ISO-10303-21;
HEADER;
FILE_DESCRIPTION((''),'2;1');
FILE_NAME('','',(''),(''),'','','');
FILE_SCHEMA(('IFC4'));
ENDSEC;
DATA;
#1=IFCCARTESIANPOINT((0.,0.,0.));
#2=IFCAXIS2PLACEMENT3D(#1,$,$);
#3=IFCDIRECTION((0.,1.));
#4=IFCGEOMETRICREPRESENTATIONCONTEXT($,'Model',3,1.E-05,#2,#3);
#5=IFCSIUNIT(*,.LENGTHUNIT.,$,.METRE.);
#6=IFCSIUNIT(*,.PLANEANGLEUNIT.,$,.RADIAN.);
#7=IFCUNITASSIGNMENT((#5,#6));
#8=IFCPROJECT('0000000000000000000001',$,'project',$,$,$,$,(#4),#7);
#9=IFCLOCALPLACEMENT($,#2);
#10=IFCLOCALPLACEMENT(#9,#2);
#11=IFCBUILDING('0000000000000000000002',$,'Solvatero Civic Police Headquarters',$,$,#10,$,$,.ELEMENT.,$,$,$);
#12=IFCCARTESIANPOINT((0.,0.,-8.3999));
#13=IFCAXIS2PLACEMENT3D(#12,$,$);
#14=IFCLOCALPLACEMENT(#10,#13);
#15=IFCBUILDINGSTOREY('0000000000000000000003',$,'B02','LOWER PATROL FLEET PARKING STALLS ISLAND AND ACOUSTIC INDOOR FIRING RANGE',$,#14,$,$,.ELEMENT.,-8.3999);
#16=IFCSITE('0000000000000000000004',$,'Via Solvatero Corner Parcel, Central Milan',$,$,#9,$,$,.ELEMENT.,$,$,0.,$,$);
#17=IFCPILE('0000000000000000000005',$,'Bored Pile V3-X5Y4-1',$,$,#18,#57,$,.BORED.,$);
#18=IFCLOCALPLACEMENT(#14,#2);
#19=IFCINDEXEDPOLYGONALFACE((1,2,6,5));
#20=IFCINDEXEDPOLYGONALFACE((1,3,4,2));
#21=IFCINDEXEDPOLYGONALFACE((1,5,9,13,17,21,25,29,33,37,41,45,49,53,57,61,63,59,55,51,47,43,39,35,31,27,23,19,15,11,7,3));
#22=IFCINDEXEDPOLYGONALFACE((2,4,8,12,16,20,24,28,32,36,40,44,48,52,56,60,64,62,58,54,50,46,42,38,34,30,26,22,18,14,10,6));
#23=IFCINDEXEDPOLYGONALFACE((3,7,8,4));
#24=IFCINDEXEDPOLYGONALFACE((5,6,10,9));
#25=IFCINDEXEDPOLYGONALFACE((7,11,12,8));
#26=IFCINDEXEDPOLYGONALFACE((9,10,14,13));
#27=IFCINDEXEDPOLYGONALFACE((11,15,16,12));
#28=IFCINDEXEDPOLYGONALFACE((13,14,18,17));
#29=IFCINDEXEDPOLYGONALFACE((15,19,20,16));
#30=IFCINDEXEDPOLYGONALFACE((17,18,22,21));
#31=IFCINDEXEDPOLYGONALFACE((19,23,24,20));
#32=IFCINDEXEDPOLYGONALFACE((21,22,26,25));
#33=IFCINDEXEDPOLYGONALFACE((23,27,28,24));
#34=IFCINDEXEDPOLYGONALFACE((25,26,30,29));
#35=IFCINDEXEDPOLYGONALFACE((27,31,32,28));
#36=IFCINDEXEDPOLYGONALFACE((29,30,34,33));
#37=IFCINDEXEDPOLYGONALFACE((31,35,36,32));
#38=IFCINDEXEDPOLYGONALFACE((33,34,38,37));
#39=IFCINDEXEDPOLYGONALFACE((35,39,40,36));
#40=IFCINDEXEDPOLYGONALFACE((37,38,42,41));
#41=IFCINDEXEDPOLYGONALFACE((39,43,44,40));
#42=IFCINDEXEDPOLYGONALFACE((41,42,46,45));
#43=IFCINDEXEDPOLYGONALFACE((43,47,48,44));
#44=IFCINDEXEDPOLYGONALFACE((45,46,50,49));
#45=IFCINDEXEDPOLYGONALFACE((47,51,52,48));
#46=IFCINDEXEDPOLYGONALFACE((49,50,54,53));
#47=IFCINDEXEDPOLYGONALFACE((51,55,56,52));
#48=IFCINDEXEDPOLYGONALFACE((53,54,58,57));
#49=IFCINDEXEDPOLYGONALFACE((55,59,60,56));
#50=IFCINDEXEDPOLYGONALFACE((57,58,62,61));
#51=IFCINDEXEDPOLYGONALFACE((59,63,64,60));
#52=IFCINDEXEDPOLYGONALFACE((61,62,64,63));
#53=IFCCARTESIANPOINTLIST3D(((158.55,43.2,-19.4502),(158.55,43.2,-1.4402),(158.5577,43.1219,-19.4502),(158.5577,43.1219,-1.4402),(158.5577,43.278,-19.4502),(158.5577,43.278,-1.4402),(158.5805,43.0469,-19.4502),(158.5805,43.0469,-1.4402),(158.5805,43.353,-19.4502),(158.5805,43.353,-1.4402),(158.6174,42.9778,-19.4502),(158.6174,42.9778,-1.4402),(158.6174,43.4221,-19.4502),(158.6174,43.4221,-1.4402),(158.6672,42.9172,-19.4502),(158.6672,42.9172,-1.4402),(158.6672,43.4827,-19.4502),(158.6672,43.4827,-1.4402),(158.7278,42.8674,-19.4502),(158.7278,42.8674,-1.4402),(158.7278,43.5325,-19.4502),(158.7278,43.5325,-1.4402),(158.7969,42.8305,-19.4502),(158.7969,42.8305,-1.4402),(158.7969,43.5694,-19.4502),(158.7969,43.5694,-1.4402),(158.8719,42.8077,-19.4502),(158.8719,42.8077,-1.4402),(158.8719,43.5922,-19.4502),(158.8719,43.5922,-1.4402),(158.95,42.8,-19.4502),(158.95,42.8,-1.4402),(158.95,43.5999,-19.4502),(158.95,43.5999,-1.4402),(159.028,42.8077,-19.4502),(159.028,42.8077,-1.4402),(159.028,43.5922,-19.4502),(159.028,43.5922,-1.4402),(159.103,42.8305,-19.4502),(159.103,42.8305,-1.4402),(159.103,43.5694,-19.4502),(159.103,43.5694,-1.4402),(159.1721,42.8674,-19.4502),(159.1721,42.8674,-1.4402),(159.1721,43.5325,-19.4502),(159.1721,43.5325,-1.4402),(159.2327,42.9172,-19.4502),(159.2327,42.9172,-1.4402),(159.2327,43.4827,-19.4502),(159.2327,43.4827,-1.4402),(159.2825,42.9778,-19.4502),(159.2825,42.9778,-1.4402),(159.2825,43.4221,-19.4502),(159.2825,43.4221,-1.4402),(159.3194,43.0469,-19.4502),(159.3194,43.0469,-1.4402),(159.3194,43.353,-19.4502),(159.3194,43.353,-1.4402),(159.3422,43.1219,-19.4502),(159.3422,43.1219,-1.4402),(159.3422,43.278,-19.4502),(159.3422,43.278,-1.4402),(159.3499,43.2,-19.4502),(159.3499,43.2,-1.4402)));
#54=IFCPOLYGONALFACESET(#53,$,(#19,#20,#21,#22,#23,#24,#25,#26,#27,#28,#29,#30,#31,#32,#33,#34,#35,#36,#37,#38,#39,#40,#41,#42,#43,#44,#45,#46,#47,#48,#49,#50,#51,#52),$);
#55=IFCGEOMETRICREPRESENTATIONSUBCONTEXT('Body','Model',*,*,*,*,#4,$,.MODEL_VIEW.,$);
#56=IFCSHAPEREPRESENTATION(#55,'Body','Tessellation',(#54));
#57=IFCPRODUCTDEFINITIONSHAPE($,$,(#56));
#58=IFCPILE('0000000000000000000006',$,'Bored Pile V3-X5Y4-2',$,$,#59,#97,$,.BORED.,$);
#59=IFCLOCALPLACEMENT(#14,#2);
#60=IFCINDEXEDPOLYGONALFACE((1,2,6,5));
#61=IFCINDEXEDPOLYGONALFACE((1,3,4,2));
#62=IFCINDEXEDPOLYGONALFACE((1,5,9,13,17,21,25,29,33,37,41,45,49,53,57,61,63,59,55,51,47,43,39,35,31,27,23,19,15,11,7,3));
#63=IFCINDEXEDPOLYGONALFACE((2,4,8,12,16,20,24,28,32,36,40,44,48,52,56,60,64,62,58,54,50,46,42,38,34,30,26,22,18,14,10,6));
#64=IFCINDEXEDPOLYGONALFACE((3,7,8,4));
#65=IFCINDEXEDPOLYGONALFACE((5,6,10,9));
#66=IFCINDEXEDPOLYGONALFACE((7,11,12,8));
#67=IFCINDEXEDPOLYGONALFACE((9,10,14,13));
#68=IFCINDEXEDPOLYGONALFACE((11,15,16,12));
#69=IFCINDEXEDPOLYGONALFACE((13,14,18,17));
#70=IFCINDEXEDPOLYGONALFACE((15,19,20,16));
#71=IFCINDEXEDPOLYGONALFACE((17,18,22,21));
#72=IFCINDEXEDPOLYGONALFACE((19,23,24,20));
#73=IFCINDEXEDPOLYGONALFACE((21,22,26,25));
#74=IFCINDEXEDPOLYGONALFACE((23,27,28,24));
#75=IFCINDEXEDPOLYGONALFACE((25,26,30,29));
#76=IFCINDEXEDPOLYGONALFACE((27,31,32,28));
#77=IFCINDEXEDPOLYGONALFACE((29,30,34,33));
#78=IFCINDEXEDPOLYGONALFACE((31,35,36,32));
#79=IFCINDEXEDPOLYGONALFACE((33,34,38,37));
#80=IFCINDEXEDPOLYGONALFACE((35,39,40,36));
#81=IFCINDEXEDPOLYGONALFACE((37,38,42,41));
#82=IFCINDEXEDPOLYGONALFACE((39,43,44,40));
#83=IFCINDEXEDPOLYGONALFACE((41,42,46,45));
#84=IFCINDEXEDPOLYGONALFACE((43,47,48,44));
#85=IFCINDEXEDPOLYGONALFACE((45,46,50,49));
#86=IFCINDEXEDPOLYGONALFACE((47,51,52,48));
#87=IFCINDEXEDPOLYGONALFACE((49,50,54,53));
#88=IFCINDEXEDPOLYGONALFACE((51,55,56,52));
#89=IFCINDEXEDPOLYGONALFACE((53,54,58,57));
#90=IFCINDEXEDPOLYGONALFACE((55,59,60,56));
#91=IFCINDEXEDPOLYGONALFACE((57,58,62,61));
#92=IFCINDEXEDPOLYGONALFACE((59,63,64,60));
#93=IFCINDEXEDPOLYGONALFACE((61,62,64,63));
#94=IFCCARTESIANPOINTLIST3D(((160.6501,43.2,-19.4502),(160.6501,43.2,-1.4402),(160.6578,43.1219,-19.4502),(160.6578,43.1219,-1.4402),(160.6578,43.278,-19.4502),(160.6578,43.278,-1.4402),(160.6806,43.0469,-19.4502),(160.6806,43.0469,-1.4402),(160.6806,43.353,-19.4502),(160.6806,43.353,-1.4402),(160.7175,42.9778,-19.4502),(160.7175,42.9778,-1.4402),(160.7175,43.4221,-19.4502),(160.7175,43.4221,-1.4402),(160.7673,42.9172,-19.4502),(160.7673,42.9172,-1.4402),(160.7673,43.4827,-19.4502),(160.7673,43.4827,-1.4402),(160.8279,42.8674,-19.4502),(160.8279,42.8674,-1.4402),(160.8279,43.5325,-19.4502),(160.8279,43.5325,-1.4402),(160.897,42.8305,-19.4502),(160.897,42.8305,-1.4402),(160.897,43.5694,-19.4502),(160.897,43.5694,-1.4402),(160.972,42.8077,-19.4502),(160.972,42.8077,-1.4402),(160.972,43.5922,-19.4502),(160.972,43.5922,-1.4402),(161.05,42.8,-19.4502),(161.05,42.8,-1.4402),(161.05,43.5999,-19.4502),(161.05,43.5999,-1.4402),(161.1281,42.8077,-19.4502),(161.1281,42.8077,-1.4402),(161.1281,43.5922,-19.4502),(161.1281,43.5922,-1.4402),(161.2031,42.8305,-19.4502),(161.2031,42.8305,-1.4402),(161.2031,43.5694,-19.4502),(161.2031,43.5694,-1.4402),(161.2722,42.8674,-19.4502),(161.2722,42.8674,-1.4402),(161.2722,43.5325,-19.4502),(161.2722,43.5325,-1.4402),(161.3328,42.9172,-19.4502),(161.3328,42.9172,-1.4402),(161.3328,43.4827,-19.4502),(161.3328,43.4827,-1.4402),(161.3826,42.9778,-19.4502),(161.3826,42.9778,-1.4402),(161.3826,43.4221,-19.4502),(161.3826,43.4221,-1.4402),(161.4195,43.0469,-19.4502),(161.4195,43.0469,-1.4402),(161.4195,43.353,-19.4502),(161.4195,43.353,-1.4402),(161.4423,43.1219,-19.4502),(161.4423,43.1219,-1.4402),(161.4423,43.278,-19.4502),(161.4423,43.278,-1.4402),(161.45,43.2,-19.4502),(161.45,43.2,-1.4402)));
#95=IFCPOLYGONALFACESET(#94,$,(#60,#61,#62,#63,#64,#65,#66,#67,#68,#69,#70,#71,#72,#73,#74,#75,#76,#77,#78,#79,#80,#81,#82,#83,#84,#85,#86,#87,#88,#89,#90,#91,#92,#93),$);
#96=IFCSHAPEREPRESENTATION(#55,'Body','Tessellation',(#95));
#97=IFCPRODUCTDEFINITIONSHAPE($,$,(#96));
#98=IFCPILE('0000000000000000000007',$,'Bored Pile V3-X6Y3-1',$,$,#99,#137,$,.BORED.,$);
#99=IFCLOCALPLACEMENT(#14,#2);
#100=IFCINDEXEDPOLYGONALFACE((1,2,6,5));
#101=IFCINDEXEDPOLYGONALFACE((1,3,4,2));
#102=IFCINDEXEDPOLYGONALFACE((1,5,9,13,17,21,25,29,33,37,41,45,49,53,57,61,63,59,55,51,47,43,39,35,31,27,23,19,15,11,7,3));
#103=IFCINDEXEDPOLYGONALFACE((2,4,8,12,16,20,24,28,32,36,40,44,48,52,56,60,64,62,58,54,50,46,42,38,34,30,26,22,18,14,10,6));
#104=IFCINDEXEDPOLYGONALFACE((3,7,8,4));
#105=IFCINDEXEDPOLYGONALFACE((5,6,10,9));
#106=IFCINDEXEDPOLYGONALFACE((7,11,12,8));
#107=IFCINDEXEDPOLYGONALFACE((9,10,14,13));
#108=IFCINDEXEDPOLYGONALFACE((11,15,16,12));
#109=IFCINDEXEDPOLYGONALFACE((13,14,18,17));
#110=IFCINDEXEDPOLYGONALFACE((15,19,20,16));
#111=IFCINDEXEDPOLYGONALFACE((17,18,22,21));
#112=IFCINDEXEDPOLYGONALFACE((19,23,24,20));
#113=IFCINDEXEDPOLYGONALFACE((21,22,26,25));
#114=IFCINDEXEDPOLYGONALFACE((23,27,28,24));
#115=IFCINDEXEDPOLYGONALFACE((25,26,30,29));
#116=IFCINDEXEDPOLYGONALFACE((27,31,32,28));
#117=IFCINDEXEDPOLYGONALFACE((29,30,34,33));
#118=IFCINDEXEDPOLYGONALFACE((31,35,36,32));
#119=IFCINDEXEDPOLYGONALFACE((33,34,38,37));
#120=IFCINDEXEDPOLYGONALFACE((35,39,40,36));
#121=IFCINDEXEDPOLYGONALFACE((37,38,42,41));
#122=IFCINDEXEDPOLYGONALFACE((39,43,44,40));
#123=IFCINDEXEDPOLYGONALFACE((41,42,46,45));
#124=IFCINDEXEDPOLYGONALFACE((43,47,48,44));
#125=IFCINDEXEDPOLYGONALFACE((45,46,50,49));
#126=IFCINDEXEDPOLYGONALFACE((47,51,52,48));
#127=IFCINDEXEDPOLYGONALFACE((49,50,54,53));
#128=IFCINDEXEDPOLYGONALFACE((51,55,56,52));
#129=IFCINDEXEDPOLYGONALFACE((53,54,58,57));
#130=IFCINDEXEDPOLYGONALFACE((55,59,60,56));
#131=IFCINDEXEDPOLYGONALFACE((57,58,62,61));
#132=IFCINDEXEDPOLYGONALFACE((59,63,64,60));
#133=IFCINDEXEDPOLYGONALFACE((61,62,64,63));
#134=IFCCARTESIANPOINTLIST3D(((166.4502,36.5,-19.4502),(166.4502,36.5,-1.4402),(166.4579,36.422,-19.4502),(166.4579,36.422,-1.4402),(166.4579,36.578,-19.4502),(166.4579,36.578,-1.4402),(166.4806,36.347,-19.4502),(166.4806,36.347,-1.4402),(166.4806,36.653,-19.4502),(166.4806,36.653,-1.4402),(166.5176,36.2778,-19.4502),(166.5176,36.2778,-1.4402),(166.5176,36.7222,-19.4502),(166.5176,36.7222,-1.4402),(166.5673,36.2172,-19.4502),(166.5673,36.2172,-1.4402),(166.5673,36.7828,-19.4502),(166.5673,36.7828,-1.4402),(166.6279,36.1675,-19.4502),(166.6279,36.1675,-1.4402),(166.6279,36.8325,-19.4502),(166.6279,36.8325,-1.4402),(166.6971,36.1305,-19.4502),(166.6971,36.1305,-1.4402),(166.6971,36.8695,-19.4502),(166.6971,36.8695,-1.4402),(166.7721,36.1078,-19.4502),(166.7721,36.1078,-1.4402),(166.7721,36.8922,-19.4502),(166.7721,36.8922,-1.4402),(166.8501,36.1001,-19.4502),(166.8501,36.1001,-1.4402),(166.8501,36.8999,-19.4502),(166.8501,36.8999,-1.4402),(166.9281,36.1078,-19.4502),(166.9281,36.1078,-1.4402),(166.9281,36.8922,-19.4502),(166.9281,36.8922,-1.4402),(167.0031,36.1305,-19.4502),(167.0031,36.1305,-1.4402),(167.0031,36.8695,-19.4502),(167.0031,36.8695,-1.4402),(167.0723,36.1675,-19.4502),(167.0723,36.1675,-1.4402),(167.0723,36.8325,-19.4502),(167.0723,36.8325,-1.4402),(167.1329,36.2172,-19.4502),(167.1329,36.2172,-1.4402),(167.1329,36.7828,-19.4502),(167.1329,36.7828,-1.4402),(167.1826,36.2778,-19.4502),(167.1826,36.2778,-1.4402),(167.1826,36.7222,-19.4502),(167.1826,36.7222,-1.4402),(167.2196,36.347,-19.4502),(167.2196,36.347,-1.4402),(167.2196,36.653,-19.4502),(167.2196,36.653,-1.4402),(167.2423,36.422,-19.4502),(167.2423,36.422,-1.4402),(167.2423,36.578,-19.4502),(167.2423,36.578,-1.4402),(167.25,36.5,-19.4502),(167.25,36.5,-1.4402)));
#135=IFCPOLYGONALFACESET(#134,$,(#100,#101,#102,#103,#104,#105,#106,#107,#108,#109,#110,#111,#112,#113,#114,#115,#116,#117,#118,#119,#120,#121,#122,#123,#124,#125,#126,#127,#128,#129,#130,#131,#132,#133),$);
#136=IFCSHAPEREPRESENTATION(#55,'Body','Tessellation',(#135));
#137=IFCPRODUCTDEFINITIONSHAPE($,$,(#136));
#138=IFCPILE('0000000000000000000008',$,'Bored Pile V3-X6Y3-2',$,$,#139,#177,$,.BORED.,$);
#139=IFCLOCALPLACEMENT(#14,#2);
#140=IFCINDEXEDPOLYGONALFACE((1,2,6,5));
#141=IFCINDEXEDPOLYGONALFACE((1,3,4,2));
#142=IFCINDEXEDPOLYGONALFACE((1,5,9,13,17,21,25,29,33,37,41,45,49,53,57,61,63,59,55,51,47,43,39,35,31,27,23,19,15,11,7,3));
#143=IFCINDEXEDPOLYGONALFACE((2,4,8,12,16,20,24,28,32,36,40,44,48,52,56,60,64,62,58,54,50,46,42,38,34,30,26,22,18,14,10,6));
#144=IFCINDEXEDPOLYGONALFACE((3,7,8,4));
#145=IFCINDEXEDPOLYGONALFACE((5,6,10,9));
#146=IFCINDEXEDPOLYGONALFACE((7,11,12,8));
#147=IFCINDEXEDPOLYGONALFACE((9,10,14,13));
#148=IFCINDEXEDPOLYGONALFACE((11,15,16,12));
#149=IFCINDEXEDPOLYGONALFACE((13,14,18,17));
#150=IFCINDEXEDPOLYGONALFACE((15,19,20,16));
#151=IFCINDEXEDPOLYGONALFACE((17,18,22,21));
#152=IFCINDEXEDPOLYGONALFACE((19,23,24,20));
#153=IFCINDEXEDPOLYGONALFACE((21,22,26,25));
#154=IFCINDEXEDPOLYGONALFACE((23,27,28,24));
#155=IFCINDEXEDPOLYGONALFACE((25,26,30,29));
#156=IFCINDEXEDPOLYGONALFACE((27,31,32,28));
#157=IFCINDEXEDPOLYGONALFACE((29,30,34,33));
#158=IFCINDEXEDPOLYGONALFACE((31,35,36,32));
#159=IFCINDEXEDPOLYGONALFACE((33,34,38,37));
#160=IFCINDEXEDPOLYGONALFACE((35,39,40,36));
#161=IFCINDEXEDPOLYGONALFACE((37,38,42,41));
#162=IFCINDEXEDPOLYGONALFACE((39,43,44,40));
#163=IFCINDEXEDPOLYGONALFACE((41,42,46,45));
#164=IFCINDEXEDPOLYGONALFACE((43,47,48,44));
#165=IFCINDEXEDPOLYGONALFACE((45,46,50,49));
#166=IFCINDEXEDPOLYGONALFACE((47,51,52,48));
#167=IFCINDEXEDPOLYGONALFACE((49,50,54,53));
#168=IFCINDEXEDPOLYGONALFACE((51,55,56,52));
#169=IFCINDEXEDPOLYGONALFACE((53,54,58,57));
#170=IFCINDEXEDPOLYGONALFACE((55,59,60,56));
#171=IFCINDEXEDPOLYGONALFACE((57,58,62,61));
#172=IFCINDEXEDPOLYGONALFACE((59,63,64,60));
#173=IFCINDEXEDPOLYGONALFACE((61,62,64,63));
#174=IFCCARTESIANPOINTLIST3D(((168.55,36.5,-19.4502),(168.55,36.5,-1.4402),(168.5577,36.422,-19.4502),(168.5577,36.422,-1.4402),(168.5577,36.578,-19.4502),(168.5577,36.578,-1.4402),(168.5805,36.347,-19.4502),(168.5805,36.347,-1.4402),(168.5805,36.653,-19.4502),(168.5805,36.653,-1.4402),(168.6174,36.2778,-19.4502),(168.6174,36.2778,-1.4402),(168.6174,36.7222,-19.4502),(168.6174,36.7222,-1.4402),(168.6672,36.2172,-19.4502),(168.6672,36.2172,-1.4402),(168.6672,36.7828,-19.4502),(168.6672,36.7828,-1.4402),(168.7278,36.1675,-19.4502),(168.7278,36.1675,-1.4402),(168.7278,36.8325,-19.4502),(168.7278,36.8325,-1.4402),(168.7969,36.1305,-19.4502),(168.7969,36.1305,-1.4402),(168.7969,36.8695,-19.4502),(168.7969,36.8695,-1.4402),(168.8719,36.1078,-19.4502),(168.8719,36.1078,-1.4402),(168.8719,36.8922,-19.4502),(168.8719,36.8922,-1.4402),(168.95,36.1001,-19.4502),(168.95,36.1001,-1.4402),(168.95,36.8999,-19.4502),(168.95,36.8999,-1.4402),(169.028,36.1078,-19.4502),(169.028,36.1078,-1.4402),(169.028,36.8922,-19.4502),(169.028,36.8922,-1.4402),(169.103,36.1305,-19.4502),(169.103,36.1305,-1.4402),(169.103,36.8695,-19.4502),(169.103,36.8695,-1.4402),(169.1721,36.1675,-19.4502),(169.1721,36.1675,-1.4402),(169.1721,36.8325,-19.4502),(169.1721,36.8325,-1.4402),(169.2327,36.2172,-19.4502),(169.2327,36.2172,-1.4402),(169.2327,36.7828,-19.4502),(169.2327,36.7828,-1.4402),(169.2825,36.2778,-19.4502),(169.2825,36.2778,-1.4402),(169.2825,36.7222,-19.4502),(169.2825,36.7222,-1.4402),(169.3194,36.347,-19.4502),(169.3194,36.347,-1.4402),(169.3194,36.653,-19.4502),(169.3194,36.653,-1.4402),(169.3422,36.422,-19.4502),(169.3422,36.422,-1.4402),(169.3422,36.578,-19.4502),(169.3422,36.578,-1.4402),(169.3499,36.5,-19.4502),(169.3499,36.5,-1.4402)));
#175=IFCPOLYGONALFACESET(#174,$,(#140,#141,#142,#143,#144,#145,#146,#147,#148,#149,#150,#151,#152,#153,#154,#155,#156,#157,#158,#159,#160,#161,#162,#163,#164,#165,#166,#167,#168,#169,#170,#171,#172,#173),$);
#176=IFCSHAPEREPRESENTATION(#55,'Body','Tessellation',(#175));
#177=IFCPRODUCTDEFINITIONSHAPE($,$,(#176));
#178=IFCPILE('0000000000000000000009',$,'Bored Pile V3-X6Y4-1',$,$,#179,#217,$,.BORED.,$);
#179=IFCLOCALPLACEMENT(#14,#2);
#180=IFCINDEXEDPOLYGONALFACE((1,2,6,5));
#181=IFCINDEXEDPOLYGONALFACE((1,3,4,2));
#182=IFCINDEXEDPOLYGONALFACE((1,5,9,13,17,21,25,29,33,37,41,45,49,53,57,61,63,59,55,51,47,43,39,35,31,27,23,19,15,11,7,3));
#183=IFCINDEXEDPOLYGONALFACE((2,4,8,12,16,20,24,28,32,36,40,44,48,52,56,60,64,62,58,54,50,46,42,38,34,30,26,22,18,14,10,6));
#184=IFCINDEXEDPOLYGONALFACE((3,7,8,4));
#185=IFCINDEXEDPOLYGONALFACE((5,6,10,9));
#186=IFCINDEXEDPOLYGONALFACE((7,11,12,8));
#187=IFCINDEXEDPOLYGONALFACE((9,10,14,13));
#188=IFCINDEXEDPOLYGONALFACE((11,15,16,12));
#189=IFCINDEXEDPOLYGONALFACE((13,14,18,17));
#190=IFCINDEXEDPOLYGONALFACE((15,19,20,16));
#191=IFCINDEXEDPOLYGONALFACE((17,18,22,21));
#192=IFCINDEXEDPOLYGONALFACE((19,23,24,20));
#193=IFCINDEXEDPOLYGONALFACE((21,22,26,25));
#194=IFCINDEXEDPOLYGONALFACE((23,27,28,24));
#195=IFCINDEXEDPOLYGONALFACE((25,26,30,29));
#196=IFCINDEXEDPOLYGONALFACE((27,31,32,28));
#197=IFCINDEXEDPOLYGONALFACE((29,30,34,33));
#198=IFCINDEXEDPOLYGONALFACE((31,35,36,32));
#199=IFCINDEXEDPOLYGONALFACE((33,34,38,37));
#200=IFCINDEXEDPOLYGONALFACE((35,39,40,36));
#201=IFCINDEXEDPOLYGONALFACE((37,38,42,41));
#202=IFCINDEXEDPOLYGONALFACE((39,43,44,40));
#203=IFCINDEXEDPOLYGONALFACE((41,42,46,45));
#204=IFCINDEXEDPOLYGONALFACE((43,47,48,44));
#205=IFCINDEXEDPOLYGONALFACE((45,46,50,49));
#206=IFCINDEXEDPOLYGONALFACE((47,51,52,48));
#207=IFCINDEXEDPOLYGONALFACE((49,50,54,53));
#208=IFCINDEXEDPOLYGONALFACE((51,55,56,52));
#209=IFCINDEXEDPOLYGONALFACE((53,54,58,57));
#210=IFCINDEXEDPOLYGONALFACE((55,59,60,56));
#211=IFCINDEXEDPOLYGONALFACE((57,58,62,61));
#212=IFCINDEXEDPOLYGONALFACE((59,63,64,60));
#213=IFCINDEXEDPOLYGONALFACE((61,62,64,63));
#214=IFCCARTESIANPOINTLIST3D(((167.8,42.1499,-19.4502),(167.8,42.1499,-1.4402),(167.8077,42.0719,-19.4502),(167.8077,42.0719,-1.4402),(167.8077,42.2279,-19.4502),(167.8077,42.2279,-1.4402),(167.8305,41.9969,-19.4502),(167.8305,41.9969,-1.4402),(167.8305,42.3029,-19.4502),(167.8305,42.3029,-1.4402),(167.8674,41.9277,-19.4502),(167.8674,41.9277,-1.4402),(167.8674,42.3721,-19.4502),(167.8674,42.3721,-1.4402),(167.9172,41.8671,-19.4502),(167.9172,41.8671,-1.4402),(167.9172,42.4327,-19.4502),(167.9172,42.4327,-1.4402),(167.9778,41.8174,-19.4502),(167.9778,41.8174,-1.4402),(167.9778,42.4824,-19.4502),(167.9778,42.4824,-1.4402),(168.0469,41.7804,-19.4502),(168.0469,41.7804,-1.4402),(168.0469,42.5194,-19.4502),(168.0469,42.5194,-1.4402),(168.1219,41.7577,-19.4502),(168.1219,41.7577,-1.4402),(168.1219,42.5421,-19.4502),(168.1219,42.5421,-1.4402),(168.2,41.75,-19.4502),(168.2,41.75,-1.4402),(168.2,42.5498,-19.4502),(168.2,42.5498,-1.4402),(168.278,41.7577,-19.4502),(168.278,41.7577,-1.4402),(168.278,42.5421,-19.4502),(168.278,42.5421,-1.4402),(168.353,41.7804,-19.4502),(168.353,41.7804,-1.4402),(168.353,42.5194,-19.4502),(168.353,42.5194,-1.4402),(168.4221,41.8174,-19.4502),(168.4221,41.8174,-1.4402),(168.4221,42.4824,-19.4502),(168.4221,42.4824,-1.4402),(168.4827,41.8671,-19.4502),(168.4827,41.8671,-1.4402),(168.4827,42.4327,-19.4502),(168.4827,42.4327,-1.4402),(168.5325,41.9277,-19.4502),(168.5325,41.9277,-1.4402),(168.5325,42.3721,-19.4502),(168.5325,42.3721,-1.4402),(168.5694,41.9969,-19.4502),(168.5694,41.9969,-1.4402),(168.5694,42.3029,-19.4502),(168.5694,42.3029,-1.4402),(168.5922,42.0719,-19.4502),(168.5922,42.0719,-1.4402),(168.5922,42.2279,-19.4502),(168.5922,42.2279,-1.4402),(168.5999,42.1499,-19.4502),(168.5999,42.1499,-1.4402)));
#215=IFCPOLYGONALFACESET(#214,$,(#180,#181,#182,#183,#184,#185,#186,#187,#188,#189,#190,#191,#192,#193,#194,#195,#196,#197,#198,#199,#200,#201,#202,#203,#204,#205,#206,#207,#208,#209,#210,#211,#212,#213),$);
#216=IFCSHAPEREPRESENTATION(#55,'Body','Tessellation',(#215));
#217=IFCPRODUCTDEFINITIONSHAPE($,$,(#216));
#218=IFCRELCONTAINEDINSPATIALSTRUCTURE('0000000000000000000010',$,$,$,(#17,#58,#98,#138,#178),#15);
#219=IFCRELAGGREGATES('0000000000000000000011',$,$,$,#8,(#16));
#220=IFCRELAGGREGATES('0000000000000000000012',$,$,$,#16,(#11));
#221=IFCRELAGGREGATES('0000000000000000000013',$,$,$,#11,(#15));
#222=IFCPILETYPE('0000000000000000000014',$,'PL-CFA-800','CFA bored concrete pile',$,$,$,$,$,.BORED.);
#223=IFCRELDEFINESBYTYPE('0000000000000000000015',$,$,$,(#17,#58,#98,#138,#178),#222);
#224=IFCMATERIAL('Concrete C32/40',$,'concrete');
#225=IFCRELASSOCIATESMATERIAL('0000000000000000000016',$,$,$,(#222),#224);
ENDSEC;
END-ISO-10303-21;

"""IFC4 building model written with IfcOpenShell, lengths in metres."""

from ifc_helpers import new_model, si_unit, direction, frame, origin, origin_2d, place, context, subcontext, project, spatial, circle, extrude, material, material_profile, profile_set, type_object, element, save


model = new_model("IFC4")

# Units and contexts
model_context = context("Model", 3, precision=1e-05, world=origin(), true_north=direction((0.0, 1.0)))
body_context = subcontext(model_context, "Body", "Model", "MODEL_VIEW")
ifc_project = project(units=[si_unit("LENGTHUNIT", "METRE"), si_unit("PLANEANGLEUNIT", "RADIAN")], contexts=[model_context])

# Site, building, storey
site_placement = place(None, origin())
site = spatial("IfcSite", under=ifc_project, at=site_placement, Name="Via Solvatero Corner Parcel, Central Milan", CompositionType="ELEMENT", RefElevation=0.0)
building_placement = place(site_placement, origin())
building = spatial("IfcBuilding", under=site, at=building_placement, Name="Solvatero Civic Police Headquarters", CompositionType="ELEMENT")
storey_placement = place(building_placement, frame((0.0, 0.0, -8.3999)))
storey = spatial("IfcBuildingStorey", under=building, at=storey_placement, Name="B02", Description="LOWER PATROL FLEET PARKING STALLS ISLAND AND ACOUSTIC INDOOR FIRING RANGE", CompositionType="ELEMENT", Elevation=-8.3999)

# Piles
ifc_material_1 = material(Name="Concrete C32/40", Category="concrete")
ifc_material_profile_1 = material_profile(ifc_material_1, circle(Radius=0.3999, at=origin_2d()), Name="CFA PILE D800")
ifc_profile_set_1 = profile_set([ifc_material_profile_1], Name="Concrete C32/40")
pile_type_1 = type_object("IfcPileType", Name="PL-CFA-800", Description="CFA bored concrete pile", PredefinedType="BORED", material=ifc_profile_set_1)
for number, where, z_axis, x_axis, name in (
    (1, (158.95, 43.2, -1.4402), (0.0, 0.0, -1.0), (1.0, 0.0, 0.0), "Bored Pile V3-X5Y4-1"),
    (2, (161.05, 43.2, -1.4402), (0.0, 0.0, -1.0), (1.0, 0.0, 0.0), "Bored Pile V3-X5Y4-2"),
    (3, (166.8501, 36.5, -1.4402), (0.0, 0.0, -1.0), (1.0, 0.0, 0.0), "Bored Pile V3-X6Y3-1"),
    (4, (168.95, 36.5, -1.4402), (0.0, 0.0, -1.0), (1.0, 0.0, 0.0), "Bored Pile V3-X6Y3-2"),
    (5, (168.2, 42.1499, -1.4402), (0.0, 0.0, -1.0), (1.0, 0.0, 0.0), "Bored Pile V3-X6Y4-1"),
):
    element("IfcPile", number, at=place(storey_placement, frame(where, z_axis=z_axis, x_axis=x_axis)), inside=storey, type_object=pile_type_1, Name=name, PredefinedType="BORED", context=body_context, shape_type="SweptSolid", body=[
        extrude(circle(Radius=0.3999, at=origin_2d()), origin(), (0.0, 0.0, 1.0), 18.01),
    ])

save(model, "model.ifc")
